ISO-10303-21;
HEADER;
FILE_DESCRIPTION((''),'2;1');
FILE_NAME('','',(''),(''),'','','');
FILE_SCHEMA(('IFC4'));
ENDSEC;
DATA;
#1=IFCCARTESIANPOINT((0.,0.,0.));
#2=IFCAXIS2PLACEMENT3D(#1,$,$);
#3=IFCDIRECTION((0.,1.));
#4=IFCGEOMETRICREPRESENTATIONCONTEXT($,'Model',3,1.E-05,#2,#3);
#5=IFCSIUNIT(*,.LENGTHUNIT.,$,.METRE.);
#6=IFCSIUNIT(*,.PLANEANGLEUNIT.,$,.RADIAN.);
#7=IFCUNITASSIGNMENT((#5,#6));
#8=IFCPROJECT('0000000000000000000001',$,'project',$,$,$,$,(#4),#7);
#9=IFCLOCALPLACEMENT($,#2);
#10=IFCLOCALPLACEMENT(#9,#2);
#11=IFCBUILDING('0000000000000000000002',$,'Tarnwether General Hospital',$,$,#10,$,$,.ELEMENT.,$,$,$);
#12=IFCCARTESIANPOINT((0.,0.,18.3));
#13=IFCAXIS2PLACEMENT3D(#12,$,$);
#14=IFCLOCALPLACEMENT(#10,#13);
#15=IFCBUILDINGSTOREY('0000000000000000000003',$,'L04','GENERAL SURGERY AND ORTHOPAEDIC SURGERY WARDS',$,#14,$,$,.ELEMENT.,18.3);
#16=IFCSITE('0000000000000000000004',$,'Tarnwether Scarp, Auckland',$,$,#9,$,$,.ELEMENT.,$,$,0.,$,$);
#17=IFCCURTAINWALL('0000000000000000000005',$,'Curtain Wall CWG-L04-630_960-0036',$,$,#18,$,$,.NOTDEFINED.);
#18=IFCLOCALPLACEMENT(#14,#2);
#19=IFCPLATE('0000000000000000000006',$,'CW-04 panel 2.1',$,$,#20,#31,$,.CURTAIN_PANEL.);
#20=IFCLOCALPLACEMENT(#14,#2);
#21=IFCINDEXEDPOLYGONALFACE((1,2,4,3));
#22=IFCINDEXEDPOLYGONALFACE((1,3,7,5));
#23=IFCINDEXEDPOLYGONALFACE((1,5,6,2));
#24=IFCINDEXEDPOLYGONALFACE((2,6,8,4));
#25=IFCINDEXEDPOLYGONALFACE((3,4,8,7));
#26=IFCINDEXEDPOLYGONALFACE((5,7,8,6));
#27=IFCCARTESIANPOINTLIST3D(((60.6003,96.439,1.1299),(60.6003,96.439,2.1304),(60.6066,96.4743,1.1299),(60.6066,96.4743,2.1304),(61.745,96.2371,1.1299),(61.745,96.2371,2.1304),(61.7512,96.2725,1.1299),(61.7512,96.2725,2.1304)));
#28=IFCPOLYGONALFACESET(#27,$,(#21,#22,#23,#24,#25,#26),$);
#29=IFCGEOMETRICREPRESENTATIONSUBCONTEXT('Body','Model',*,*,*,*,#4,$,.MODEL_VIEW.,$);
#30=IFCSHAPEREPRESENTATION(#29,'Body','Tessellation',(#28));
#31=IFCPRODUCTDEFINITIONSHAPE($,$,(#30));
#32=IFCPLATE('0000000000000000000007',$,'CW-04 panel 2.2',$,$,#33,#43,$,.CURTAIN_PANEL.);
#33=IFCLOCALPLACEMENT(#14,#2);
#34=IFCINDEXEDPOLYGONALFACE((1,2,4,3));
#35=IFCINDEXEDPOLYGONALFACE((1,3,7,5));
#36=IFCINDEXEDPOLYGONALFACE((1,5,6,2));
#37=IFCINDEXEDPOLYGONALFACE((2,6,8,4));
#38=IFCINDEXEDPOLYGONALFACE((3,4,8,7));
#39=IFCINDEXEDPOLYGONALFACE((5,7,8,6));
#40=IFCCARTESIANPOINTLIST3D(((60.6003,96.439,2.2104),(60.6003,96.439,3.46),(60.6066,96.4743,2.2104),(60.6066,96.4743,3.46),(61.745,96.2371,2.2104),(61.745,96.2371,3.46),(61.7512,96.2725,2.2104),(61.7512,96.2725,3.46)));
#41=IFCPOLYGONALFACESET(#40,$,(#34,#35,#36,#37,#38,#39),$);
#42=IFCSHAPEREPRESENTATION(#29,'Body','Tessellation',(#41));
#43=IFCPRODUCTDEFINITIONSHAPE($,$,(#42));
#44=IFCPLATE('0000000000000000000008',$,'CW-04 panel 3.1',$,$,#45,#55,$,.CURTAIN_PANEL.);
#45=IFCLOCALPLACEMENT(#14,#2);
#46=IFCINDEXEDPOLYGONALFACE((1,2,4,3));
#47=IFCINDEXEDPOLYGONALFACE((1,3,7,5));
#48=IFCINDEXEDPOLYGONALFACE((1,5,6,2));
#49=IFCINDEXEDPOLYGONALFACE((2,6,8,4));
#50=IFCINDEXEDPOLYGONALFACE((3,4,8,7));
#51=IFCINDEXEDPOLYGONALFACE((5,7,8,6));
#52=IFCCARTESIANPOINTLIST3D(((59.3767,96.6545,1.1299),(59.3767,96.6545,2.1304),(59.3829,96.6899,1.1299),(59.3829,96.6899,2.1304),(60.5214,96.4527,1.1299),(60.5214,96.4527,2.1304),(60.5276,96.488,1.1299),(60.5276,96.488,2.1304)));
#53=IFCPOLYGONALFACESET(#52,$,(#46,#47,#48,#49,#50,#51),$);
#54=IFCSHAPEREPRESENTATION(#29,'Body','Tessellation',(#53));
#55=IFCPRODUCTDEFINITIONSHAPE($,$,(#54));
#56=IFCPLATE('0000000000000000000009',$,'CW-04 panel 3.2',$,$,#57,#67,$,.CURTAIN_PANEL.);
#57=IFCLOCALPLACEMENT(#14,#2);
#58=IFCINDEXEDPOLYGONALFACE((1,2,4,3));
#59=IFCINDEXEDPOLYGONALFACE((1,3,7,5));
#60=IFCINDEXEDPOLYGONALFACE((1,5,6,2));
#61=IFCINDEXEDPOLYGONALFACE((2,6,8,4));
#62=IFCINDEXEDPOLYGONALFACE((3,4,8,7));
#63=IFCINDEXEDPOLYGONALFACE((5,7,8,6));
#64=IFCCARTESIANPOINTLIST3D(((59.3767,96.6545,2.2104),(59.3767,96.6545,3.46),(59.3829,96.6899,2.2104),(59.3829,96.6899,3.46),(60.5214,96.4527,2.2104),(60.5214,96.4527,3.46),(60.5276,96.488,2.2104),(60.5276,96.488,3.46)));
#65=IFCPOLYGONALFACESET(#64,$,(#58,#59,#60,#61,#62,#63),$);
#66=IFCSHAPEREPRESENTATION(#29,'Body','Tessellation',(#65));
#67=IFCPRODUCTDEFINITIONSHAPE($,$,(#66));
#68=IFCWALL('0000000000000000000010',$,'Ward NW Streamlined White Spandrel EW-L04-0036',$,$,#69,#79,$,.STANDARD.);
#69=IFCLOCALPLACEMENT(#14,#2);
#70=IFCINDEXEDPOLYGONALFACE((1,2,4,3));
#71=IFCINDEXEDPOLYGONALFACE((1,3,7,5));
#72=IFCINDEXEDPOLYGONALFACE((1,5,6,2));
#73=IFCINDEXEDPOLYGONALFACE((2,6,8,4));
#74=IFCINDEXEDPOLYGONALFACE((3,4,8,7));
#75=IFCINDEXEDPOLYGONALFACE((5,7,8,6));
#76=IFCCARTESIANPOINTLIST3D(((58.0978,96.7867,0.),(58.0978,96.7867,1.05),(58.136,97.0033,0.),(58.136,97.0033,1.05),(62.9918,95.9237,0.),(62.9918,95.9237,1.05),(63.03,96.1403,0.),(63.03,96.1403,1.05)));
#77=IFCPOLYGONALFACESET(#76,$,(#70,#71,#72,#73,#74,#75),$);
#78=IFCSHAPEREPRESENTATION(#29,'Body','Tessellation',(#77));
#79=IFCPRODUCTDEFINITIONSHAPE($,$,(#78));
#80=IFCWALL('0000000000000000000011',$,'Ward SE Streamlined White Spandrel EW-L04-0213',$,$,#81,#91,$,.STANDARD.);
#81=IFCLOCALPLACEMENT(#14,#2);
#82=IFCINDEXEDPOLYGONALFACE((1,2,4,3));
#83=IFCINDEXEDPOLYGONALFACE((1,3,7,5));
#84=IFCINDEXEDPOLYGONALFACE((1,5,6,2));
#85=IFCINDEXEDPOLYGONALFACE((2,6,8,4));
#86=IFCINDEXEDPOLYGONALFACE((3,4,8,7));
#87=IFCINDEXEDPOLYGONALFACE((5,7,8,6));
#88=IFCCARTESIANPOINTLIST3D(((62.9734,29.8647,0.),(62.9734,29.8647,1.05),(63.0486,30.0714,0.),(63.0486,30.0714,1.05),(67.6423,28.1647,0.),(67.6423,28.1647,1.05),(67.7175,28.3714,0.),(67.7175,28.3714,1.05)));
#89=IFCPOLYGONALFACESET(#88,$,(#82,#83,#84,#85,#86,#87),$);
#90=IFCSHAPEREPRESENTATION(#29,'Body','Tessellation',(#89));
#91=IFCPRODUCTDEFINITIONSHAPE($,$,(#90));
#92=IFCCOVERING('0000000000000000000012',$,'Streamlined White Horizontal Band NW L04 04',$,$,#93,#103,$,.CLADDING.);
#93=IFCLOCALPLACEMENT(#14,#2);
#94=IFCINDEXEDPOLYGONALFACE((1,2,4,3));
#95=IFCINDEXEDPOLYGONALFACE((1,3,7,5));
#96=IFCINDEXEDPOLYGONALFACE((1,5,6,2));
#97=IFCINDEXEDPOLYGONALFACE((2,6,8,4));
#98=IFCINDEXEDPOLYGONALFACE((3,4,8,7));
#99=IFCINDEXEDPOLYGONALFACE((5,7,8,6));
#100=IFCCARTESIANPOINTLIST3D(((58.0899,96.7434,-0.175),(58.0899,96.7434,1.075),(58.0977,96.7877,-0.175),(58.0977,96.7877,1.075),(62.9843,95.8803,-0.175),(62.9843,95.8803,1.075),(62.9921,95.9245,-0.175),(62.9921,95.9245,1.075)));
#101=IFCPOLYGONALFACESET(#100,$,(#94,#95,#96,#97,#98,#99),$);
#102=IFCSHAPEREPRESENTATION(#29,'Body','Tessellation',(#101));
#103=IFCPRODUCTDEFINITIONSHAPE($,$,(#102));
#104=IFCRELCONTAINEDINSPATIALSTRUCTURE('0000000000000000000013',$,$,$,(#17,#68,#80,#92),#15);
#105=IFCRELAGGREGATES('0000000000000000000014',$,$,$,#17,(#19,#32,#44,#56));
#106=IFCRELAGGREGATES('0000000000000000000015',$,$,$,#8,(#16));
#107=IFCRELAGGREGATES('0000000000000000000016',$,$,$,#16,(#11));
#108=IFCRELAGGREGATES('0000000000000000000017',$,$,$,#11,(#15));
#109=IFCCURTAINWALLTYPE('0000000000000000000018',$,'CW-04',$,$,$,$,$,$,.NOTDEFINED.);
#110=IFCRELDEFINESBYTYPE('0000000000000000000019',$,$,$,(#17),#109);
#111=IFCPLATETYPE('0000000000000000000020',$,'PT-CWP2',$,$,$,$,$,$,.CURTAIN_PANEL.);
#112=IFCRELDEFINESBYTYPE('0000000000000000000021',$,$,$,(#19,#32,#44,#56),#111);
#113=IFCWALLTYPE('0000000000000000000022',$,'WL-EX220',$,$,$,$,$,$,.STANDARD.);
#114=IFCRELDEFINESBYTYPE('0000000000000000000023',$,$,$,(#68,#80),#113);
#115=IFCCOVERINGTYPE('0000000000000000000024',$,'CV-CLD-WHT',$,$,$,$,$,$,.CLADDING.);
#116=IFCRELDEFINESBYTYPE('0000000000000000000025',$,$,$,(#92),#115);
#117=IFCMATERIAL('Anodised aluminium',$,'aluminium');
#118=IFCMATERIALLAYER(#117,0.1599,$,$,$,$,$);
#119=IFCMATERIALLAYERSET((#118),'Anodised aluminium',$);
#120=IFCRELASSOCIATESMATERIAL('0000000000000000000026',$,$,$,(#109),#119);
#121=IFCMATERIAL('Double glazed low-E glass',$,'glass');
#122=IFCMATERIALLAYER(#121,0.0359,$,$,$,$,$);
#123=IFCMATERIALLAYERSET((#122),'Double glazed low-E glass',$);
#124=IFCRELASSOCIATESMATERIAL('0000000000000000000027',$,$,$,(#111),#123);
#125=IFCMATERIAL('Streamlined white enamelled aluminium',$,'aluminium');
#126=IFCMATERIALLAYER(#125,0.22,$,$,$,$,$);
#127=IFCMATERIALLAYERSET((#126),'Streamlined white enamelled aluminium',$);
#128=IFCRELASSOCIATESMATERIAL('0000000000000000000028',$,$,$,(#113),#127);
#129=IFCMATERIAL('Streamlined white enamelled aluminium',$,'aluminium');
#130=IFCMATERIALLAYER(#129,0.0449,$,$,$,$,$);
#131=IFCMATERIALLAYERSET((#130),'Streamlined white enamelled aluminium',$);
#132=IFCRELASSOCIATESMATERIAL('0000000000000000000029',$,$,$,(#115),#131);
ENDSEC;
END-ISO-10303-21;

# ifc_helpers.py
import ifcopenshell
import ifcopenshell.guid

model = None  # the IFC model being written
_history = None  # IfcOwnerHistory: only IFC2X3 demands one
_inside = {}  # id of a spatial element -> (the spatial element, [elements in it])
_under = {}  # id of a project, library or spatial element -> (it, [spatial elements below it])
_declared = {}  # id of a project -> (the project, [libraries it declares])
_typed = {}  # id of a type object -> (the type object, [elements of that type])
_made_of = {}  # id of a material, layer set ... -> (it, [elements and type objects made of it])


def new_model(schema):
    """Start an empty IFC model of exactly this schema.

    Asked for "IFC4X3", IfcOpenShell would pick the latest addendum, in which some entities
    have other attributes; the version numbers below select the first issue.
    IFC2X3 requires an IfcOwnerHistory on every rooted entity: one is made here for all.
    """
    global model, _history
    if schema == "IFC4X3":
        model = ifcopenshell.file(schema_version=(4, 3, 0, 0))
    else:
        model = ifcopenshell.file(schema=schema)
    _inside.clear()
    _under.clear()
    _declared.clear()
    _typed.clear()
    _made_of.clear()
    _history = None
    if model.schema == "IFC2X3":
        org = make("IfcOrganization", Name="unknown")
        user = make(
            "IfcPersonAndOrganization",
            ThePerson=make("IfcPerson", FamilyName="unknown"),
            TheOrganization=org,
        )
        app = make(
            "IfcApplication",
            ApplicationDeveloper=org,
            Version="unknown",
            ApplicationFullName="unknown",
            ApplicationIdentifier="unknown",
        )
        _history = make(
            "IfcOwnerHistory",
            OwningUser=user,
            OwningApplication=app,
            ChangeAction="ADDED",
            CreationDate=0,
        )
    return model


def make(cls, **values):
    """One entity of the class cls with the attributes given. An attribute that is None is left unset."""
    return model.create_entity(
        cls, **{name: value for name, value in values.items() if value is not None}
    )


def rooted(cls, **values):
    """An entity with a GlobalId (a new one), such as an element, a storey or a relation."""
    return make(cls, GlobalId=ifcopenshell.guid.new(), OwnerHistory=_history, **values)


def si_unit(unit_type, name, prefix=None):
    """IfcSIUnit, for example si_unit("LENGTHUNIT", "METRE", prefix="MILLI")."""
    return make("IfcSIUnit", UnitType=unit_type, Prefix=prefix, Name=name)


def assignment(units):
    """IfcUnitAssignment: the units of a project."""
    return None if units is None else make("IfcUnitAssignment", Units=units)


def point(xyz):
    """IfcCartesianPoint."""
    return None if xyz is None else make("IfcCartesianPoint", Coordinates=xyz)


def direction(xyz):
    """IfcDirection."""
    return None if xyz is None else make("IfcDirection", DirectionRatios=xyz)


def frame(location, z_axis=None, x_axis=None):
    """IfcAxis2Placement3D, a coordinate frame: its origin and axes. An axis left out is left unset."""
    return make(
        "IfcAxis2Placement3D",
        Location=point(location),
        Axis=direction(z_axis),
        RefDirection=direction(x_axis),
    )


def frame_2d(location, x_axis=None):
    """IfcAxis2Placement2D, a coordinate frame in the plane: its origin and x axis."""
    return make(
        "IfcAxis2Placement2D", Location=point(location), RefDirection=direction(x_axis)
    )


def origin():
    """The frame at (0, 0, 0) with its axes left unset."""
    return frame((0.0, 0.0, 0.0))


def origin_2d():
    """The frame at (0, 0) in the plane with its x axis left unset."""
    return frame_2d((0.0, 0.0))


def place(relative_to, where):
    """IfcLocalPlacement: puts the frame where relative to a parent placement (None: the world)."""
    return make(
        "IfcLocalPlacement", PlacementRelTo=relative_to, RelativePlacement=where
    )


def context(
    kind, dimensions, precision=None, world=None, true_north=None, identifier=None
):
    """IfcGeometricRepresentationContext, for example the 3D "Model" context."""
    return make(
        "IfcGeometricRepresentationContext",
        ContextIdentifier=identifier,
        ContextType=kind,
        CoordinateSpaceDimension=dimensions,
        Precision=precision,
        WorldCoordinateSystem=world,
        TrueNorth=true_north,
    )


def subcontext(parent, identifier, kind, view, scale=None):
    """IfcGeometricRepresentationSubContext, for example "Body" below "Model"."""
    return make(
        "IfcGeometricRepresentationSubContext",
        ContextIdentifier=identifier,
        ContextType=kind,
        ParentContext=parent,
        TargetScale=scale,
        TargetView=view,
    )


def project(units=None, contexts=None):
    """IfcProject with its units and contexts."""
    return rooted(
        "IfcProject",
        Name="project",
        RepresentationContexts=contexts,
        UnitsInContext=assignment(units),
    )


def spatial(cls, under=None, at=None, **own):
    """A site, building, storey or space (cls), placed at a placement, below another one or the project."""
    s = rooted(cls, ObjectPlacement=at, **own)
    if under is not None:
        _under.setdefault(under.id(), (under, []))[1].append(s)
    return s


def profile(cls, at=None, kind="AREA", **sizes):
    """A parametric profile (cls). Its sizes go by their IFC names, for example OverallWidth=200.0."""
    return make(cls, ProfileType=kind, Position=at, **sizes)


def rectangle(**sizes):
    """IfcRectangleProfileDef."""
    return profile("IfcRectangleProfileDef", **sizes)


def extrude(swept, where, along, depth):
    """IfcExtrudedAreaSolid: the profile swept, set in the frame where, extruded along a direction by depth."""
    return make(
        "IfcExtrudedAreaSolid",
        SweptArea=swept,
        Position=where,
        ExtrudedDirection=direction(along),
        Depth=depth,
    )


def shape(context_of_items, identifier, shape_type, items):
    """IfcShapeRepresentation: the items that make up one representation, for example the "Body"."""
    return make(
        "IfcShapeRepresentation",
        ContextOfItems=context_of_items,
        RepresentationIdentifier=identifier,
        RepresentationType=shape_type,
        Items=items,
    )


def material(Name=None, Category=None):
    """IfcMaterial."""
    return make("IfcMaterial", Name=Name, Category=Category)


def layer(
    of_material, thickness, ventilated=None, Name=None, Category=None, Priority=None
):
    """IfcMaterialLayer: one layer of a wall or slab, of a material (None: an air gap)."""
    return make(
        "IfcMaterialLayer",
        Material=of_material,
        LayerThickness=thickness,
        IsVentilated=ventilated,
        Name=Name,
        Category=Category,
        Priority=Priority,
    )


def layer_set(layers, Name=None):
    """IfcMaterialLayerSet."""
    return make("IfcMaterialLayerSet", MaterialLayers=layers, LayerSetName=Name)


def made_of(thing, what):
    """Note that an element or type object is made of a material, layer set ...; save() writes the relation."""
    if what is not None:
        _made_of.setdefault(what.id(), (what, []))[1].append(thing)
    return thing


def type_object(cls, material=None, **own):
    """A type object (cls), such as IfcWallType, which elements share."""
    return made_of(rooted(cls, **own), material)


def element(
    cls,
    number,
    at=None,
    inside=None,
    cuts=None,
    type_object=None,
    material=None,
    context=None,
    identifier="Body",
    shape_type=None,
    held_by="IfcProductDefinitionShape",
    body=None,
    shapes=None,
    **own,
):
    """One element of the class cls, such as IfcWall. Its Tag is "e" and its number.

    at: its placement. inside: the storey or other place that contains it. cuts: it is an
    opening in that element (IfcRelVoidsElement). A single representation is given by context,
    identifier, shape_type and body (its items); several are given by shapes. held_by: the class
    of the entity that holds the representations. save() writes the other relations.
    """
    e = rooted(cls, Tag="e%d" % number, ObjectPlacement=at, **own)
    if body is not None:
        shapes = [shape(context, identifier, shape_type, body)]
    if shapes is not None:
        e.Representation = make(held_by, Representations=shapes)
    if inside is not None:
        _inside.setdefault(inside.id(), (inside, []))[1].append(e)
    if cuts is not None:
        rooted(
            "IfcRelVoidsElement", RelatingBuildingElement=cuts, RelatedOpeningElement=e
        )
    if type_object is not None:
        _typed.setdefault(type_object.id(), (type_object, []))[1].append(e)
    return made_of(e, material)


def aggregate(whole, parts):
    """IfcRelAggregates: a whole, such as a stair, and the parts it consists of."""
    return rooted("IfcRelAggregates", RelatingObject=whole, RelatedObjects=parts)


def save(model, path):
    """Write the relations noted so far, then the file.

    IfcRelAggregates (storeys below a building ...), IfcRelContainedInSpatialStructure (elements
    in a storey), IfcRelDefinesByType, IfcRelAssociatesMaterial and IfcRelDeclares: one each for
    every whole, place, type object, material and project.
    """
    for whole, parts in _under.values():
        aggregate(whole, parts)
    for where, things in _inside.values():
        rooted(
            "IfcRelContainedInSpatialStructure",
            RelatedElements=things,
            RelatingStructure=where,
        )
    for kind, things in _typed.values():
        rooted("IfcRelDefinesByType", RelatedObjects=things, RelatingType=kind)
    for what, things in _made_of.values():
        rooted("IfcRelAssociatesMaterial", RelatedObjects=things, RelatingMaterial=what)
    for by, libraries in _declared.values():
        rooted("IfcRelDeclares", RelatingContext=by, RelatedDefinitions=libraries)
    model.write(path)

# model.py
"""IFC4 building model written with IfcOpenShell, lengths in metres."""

from ifc_helpers import new_model, si_unit, direction, frame, frame_2d, origin, origin_2d, place, context, subcontext, project, spatial, rectangle, extrude, material, layer, layer_set, type_object, element, aggregate, save


model = new_model("IFC4")

# Units and contexts
model_context = context("Model", 3, precision=1e-05, world=origin(), true_north=direction((0.0, 1.0)))
body_context = subcontext(model_context, "Body", "Model", "MODEL_VIEW")
ifc_project = project(units=[si_unit("LENGTHUNIT", "METRE"), si_unit("PLANEANGLEUNIT", "RADIAN")], contexts=[model_context])

# Site, building, storey
site_placement = place(None, origin())
site = spatial("IfcSite", under=ifc_project, at=site_placement, Name="Tarnwether Scarp, Auckland", CompositionType="ELEMENT", RefElevation=0.0)
building_placement = place(site_placement, origin())
building = spatial("IfcBuilding", under=site, at=building_placement, Name="Tarnwether General Hospital", CompositionType="ELEMENT")
storey_placement = place(building_placement, frame((0.0, 0.0, 18.3)))
storey = spatial("IfcBuildingStorey", under=building, at=storey_placement, Name="L04", Description="GENERAL SURGERY AND ORTHOPAEDIC SURGERY WARDS", CompositionType="ELEMENT", Elevation=18.3)

# Shared definitions
ifc_material_1 = material(Name="Anodised aluminium", Category="aluminium")
ifc_layer_1 = layer(ifc_material_1, 0.1599)
ifc_layer_set_1 = layer_set([ifc_layer_1], Name="Anodised aluminium")
curtain_wall_type_1 = type_object("IfcCurtainWallType", Name="CW-04", PredefinedType="NOTDEFINED", material=ifc_layer_set_1)

# Curtain wall
curtain_wall_1_placement = place(storey_placement, origin())
curtain_wall_1 = element("IfcCurtainWall", 1, at=curtain_wall_1_placement, inside=storey, type_object=curtain_wall_type_1, Name="Curtain Wall CWG-L04-630_960-0036", PredefinedType="NOTDEFINED")

# Plates
ifc_material_2 = material(Name="Double glazed low-E glass", Category="glass")
ifc_layer_2 = layer(ifc_material_2, 0.0359)
ifc_layer_set_2 = layer_set([ifc_layer_2], Name="Double glazed low-E glass")
plate_type_1 = type_object("IfcPlateType", Name="PT-CWP2", PredefinedType="CURTAIN_PANEL", material=ifc_layer_set_2)
plate_1_placement = place(storey_placement, frame((61.1758, 96.3557, 1.1299), z_axis=(0.0, 0.0, 1.0), x_axis=(-0.984806, 0.173659, 0.0)))
plate_1 = element("IfcPlate", 2, at=plate_1_placement, type_object=plate_type_1, Name="CW-04 panel 2.1", PredefinedType="CURTAIN_PANEL", context=body_context, shape_type="SweptSolid", body=[
    extrude(rectangle(XDim=1.1624, YDim=0.0359, at=origin_2d()), origin(), (0.0, 0.0, 1.0), 1.0005),
])
plate_2_placement = place(storey_placement, frame((61.1758, 96.3557, 2.2104), z_axis=(0.0, 0.0, 1.0), x_axis=(-0.984806, 0.173659, 0.0)))
plate_2 = element("IfcPlate", 3, at=plate_2_placement, type_object=plate_type_1, Name="CW-04 panel 2.2", PredefinedType="CURTAIN_PANEL", context=body_context, shape_type="SweptSolid", body=[
    extrude(rectangle(XDim=1.1624, YDim=0.0359, at=origin_2d()), origin(), (0.0, 0.0, 1.0), 1.2495),
])
plate_3_placement = place(storey_placement, frame((59.9521, 96.5713, 1.1299), z_axis=(0.0, 0.0, 1.0), x_axis=(-0.984806, 0.173659, 0.0)))
plate_3 = element("IfcPlate", 4, at=plate_3_placement, type_object=plate_type_1, Name="CW-04 panel 3.1", PredefinedType="CURTAIN_PANEL", context=body_context, shape_type="SweptSolid", body=[
    extrude(rectangle(XDim=1.1624, YDim=0.0359, at=origin_2d()), origin(), (0.0, 0.0, 1.0), 1.0005),
])
plate_4_placement = place(storey_placement, frame((59.9521, 96.5713, 2.2104), z_axis=(0.0, 0.0, 1.0), x_axis=(-0.984806, 0.173659, 0.0)))
plate_4 = element("IfcPlate", 5, at=plate_4_placement, type_object=plate_type_1, Name="CW-04 panel 3.2", PredefinedType="CURTAIN_PANEL", context=body_context, shape_type="SweptSolid", body=[
    extrude(rectangle(XDim=1.1624, YDim=0.0359, at=origin_2d()), origin(), (0.0, 0.0, 1.0), 1.2495),
])
aggregate(curtain_wall_1, [plate_1, plate_2, plate_3, plate_4])

# Walls
ifc_material_3 = material(Name="Streamlined white enamelled aluminium", Category="aluminium")
ifc_layer_3 = layer(ifc_material_3, 0.22)
ifc_layer_set_3 = layer_set([ifc_layer_3], Name="Streamlined white enamelled aluminium")
wall_type = type_object("IfcWallType", Name="WL-EX220", PredefinedType="STANDARD", material=ifc_layer_set_3)
wall_1_placement = place(storey_placement, frame((63.011, 96.032, 0.0), z_axis=(0.0, 0.0, 1.0), x_axis=(-0.984805, 0.173665, 0.0)))
element("IfcWall", 6, at=wall_1_placement, inside=storey, type_object=wall_type, Name="Ward NW Streamlined White Spandrel EW-L04-0036", PredefinedType="STANDARD", context=body_context, shape_type="SweptSolid", body=[
    extrude(rectangle(XDim=4.9695, YDim=0.22, at=frame_2d((2.4849, 0.0))), origin(), (0.0, 0.0, 1.0), 1.05),
])
wall_2_placement = place(storey_placement, frame((63.011, 29.968, 0.0), z_axis=(0.0, 0.0, 1.0), x_axis=(0.939654, -0.342126, 0.0)))
element("IfcWall", 7, at=wall_2_placement, inside=storey, type_object=wall_type, Name="Ward SE Streamlined White Spandrel EW-L04-0213", PredefinedType="STANDARD", context=body_context, shape_type="SweptSolid", body=[
    extrude(rectangle(XDim=4.9688, YDim=0.22, at=frame_2d((2.4844, 0.0))), origin(), (0.0, 0.0, 1.0), 1.05),
])

# Covering
ifc_material_4 = material(Name="Streamlined white enamelled aluminium", Category="aluminium")
ifc_layer_4 = layer(ifc_material_4, 0.0449)
ifc_layer_set_4 = layer_set([ifc_layer_4], Name="Streamlined white enamelled aluminium")
covering_type = type_object("IfcCoveringType", Name="CV-CLD-WHT", PredefinedType="CLADDING", material=ifc_layer_set_4)
covering_placement = place(storey_placement, frame((60.541, 96.334, -0.175), z_axis=(0.0, 0.0, 1.0), x_axis=(-0.984805, 0.173665, 0.0)))
element("IfcCovering", 8, at=covering_placement, inside=storey, type_object=covering_type, Name="Streamlined White Horizontal Band NW L04 04", PredefinedType="CLADDING", context=body_context, shape_type="SweptSolid", body=[
    extrude(rectangle(XDim=4.97, YDim=0.0449, at=origin_2d()), origin(), (0.0, 0.0, 1.0), 1.25),
])

save(model, "model.ifc")
